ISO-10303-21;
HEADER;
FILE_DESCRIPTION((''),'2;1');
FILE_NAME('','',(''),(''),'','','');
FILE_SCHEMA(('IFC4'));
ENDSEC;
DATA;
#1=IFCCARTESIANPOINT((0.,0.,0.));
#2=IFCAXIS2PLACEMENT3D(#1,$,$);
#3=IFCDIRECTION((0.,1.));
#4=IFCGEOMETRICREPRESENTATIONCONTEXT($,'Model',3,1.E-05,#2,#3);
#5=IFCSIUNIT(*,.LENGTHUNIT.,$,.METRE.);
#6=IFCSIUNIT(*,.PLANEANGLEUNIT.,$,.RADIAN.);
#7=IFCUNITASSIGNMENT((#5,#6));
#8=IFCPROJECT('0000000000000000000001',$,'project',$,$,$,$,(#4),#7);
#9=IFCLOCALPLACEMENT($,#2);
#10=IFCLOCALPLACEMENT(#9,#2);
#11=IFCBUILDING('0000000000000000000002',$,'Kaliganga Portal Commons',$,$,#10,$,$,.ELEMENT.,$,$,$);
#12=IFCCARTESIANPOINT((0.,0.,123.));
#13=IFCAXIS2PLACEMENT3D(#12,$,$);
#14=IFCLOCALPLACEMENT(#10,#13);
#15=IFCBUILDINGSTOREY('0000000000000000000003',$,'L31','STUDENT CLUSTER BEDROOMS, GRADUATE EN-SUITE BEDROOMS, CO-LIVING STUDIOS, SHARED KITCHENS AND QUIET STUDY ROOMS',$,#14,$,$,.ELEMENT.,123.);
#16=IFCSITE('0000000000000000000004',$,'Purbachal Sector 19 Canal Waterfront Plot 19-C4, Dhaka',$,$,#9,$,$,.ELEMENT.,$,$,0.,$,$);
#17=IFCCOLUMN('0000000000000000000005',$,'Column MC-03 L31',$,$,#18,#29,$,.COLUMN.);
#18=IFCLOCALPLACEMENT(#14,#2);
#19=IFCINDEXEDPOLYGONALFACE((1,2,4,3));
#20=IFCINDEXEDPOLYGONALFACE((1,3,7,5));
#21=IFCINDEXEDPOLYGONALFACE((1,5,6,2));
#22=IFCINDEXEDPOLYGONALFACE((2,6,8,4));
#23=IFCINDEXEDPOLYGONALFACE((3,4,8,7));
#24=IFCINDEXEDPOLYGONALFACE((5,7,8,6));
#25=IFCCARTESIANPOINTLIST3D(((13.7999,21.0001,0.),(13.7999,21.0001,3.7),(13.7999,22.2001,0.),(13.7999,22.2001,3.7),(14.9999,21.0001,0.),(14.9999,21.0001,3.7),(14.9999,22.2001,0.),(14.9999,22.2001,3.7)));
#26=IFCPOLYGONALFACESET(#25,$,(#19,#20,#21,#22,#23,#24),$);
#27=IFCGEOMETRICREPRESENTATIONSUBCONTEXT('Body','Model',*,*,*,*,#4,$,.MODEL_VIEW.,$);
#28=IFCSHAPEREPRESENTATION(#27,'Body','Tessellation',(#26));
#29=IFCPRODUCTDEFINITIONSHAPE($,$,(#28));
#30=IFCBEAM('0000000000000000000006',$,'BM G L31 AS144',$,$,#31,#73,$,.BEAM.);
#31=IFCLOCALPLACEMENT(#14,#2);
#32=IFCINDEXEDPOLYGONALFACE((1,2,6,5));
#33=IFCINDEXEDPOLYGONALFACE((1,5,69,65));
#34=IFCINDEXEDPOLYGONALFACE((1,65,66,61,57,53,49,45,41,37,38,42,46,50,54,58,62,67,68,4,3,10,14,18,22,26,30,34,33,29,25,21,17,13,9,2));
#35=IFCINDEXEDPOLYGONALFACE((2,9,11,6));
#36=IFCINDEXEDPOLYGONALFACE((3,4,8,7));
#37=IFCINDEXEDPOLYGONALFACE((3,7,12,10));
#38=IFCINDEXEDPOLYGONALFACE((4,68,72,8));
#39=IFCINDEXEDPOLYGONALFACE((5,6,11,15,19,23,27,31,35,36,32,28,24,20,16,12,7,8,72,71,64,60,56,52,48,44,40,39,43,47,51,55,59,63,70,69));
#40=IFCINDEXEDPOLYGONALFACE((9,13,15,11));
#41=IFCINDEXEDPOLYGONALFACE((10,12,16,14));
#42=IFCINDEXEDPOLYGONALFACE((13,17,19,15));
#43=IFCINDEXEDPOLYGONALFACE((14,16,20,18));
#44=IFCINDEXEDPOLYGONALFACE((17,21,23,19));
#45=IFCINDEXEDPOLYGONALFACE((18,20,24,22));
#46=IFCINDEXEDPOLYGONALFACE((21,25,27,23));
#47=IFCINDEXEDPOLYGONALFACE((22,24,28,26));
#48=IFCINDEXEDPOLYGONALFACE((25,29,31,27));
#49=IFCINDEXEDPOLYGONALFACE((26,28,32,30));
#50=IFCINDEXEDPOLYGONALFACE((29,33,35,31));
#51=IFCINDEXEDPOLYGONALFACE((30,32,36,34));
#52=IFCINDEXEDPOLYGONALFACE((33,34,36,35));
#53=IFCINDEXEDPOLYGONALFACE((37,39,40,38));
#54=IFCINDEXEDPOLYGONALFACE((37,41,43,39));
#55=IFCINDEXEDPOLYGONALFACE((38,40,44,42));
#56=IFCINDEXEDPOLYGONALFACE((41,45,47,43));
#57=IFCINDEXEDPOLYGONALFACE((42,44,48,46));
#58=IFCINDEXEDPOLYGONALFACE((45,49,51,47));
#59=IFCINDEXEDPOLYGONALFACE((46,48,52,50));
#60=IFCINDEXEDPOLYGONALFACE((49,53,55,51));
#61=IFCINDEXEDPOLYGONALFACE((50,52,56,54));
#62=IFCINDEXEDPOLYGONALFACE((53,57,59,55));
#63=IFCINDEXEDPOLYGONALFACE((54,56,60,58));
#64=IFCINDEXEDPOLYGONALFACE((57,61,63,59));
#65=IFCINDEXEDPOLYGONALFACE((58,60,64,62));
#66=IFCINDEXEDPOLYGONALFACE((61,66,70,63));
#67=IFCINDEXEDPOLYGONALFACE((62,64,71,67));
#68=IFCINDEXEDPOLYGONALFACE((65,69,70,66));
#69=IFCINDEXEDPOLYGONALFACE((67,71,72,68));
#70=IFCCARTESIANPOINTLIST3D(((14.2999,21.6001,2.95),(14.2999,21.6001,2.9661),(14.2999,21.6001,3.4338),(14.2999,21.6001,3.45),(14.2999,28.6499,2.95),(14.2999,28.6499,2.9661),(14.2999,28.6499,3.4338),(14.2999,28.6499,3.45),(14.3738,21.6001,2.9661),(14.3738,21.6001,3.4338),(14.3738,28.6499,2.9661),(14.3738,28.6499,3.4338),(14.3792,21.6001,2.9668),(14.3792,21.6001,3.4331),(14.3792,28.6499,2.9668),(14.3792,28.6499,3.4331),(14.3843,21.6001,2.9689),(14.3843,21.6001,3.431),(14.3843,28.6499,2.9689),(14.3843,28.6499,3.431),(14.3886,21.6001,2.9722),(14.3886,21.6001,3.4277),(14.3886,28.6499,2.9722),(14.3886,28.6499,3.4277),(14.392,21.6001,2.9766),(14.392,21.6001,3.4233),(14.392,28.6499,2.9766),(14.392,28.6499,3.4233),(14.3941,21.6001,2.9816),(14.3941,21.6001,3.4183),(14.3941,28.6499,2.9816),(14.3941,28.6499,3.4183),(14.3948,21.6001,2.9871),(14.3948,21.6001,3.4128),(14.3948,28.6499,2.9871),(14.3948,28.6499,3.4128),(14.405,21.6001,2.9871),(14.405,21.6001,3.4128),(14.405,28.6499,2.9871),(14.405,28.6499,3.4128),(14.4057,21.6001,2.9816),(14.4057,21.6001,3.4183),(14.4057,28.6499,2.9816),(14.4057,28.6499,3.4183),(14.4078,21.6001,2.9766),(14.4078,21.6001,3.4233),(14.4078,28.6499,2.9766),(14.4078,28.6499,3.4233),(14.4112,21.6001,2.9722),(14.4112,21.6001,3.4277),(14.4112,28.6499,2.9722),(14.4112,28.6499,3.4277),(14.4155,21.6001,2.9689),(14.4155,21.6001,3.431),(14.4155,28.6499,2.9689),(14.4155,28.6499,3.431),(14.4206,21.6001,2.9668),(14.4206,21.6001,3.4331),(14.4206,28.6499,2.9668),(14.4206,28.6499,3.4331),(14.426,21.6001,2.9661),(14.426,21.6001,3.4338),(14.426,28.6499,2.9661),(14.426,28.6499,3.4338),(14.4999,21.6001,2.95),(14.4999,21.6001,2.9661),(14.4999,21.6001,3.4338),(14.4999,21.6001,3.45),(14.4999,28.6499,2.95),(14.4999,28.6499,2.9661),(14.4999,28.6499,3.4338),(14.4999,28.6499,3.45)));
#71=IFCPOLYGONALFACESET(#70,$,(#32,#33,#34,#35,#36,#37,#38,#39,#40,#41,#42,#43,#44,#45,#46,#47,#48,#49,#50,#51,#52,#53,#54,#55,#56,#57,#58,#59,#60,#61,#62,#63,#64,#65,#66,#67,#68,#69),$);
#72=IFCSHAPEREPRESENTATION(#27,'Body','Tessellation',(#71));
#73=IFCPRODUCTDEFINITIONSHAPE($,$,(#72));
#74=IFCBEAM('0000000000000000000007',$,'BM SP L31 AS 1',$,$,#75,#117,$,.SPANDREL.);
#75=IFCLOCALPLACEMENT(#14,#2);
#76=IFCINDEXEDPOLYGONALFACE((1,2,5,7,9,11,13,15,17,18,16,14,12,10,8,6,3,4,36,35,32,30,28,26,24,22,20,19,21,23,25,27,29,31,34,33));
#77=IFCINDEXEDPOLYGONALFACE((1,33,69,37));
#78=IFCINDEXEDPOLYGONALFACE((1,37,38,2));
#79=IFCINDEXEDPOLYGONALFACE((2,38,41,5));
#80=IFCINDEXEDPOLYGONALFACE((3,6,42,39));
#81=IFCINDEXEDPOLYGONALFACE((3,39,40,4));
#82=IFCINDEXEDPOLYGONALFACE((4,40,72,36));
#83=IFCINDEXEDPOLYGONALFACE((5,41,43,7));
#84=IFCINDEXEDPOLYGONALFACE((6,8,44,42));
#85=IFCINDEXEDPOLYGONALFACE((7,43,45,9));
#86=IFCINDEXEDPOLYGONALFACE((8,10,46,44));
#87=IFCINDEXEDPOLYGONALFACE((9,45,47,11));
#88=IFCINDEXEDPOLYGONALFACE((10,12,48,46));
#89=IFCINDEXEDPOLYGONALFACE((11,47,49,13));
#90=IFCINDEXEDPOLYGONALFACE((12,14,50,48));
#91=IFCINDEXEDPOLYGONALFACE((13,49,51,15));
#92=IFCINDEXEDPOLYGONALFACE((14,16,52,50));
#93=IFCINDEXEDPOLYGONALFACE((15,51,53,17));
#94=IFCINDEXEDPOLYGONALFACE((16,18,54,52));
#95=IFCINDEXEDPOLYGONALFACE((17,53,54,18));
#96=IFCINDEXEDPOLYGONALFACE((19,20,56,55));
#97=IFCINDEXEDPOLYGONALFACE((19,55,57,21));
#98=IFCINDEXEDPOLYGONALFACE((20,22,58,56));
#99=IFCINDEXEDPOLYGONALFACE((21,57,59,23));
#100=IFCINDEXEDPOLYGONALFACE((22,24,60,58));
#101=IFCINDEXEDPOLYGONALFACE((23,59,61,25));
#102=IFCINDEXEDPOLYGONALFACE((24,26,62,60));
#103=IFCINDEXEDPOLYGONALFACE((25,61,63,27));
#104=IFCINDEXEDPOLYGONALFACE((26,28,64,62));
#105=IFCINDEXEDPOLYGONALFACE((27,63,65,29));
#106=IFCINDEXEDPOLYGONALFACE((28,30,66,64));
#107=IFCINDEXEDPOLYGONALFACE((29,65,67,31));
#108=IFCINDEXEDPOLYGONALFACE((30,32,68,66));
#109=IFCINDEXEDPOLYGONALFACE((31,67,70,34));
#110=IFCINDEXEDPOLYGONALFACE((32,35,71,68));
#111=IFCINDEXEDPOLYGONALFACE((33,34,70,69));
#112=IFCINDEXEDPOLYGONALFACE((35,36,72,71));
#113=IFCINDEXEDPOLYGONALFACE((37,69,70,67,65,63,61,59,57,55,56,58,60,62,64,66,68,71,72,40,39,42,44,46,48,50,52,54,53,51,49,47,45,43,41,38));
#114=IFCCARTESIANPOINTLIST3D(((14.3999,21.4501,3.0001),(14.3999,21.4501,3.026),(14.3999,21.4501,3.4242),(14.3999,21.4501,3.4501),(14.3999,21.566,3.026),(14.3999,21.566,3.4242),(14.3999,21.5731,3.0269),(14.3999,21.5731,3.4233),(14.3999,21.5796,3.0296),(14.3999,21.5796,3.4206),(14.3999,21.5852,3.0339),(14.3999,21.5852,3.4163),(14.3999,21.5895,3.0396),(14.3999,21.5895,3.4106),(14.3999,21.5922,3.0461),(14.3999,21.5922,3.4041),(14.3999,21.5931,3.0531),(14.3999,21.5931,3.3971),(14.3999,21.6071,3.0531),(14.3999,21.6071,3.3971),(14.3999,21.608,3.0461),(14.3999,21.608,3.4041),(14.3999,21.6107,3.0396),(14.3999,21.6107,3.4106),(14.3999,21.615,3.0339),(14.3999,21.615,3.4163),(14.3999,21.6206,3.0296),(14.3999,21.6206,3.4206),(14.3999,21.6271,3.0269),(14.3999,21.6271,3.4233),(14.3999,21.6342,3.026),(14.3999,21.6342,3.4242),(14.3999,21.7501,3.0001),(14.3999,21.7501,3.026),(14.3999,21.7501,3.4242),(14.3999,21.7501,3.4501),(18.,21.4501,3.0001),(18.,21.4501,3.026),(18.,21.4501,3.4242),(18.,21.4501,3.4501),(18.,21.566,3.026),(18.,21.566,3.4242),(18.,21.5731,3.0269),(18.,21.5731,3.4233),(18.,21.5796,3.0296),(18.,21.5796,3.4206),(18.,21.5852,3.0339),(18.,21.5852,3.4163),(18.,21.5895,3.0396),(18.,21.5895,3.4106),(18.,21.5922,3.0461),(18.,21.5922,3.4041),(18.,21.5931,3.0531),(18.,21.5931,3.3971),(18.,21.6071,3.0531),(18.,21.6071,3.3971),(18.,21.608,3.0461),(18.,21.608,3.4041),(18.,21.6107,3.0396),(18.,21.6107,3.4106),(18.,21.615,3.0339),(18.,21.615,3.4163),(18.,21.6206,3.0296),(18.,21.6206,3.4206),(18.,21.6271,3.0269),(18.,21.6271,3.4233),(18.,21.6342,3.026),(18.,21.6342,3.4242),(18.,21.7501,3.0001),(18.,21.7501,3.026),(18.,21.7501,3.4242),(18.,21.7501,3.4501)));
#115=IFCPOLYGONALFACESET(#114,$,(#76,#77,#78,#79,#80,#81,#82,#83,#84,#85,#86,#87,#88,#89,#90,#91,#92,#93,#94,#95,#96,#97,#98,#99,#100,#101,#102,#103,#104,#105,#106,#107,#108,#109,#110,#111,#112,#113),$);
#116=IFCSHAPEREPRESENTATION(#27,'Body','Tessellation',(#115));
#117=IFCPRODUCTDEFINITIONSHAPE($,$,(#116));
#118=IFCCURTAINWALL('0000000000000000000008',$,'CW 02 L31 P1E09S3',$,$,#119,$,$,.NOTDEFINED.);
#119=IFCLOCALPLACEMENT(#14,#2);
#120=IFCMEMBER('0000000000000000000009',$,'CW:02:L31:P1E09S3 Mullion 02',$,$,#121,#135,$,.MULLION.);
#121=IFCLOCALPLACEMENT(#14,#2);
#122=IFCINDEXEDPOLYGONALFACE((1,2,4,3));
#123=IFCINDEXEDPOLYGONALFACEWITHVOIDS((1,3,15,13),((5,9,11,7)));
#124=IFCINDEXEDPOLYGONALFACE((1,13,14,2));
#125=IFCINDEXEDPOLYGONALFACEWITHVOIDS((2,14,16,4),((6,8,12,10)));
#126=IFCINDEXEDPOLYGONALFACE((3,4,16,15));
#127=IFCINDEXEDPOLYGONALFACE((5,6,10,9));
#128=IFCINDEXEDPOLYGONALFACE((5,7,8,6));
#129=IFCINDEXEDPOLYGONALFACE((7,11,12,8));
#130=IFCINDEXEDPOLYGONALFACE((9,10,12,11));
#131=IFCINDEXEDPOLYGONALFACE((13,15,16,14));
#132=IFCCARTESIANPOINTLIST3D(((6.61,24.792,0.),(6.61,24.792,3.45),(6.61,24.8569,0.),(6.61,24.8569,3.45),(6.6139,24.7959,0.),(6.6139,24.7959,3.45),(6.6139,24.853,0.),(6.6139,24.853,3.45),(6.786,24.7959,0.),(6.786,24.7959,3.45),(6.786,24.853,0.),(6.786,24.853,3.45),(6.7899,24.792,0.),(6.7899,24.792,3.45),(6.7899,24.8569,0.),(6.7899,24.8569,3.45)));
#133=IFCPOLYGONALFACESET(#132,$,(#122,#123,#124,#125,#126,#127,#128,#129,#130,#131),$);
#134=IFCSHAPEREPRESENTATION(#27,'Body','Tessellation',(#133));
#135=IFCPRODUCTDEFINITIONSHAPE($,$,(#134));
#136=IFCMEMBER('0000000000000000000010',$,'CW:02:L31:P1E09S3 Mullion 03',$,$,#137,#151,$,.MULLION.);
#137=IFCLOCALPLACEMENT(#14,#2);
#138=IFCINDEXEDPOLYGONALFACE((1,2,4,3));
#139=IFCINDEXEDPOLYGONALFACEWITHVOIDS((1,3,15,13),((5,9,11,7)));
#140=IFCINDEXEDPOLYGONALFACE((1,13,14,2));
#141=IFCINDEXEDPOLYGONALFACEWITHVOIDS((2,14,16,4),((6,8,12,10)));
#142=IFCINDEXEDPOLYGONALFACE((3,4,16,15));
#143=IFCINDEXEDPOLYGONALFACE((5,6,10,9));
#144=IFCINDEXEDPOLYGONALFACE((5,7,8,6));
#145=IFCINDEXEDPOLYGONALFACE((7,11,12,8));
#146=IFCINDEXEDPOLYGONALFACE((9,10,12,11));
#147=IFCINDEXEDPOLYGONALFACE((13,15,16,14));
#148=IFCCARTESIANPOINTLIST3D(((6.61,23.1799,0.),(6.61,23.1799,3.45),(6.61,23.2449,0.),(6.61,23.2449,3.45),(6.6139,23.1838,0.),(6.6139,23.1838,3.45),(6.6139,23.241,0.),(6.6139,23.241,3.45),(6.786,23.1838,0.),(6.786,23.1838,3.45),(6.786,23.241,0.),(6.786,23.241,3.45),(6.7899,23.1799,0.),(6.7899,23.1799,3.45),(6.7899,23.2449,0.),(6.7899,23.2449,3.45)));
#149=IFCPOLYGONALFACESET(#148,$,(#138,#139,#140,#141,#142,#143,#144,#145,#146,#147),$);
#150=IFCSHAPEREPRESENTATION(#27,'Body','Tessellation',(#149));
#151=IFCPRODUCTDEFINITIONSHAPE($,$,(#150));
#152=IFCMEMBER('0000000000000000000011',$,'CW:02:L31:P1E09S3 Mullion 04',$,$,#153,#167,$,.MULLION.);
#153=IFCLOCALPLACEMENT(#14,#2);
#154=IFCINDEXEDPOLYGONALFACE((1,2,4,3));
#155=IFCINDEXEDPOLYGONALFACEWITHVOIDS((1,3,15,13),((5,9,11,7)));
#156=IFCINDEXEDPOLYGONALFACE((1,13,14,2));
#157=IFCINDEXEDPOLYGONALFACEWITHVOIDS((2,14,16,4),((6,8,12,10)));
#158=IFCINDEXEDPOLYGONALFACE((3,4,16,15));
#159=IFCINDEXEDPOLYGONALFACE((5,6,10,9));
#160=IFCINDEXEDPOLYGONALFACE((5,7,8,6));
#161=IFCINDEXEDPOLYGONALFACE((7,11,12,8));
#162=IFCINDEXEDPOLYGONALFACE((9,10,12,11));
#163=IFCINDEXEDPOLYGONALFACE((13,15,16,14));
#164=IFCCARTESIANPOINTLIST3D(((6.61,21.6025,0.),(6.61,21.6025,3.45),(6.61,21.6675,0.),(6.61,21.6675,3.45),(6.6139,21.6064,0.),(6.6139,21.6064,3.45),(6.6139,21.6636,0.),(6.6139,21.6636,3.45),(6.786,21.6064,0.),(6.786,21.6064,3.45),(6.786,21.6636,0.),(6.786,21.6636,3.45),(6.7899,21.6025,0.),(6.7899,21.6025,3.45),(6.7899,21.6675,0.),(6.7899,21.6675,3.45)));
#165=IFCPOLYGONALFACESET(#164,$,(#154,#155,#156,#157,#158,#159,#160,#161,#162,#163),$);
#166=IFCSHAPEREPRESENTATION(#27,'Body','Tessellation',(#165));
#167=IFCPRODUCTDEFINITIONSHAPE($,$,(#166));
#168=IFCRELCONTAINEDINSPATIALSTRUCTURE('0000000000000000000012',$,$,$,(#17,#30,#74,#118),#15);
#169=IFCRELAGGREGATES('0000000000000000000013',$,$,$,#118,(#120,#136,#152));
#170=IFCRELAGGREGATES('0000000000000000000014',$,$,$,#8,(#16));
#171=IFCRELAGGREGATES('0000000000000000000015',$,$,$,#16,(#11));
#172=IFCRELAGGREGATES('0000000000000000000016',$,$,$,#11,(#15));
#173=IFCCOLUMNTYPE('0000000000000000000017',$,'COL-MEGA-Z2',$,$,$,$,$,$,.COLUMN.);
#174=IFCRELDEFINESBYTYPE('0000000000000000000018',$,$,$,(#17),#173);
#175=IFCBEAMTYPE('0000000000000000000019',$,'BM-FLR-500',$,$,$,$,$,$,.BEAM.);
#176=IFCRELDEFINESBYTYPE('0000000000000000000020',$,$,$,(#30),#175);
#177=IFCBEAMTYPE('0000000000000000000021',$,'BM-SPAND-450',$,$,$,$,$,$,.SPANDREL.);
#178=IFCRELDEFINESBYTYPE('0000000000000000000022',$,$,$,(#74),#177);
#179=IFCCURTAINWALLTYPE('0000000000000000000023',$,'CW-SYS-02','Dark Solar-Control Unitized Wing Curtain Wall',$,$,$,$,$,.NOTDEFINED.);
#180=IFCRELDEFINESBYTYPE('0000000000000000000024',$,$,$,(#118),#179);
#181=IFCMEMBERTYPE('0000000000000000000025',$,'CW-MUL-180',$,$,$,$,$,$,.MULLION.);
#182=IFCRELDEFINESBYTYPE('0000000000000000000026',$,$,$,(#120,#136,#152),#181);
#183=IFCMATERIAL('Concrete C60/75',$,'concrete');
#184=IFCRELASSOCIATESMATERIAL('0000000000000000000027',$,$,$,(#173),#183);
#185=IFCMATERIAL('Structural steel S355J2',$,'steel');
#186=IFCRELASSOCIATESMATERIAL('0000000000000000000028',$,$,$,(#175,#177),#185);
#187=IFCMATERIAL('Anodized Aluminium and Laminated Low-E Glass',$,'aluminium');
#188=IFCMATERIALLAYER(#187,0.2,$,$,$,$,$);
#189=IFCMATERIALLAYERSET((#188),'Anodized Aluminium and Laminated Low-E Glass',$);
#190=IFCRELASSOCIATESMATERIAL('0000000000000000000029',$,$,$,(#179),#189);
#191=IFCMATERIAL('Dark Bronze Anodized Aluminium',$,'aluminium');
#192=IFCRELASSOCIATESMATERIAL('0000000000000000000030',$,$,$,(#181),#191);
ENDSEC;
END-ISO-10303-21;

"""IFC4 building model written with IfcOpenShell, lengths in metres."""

from ifc_helpers import new_model, si_unit, direction, frame, origin, origin_2d, place, context, subcontext, project, spatial, rectangle, hollow_rectangle, i_section, extrude, source, transform, mapped, material, layer, layer_set, material_profile, profile_set, type_object, element, aggregate, save


model = new_model("IFC4")

# Units and contexts
model_context = context("Model", 3, precision=1e-05, world=origin(), true_north=direction((0.0, 1.0)))
body_context = subcontext(model_context, "Body", "Model", "MODEL_VIEW")
ifc_project = project(units=[si_unit("LENGTHUNIT", "METRE"), si_unit("PLANEANGLEUNIT", "RADIAN")], contexts=[model_context])

# Site, building, storey
site_placement = place(None, origin())
site = spatial("IfcSite", under=ifc_project, at=site_placement, Name="Purbachal Sector 19 Canal Waterfront Plot 19-C4, Dhaka", CompositionType="ELEMENT", RefElevation=0.0)
building_placement = place(site_placement, origin())
building = spatial("IfcBuilding", under=site, at=building_placement, Name="Kaliganga Portal Commons", CompositionType="ELEMENT")
storey_placement = place(building_placement, frame((0.0, 0.0, 123.0)))
storey = spatial("IfcBuildingStorey", under=building, at=storey_placement, Name="L31", Description="STUDENT CLUSTER BEDROOMS, GRADUATE EN-SUITE BEDROOMS, CO-LIVING STUDIOS, SHARED KITCHENS AND QUIET STUDY ROOMS", CompositionType="ELEMENT", Elevation=123.0)

# Column
ifc_material_1 = material(Name="Concrete C60/75", Category="concrete")
ifc_material_profile_1 = material_profile(ifc_material_1, rectangle(XDim=1.2, YDim=1.2, at=origin_2d()), Name="RC 1200x1200")
ifc_profile_set_1 = profile_set([ifc_material_profile_1], Name="Concrete C60/75")
column_type = type_object("IfcColumnType", Name="COL-MEGA-Z2", PredefinedType="COLUMN", material=ifc_profile_set_1)
shared_shape_1 = source(origin(), body_context, "Body", "SweptSolid", [
    extrude(rectangle(XDim=1.2, YDim=1.2, at=origin_2d()), origin(), (0.0, 0.0, 1.0), 3.7),
])
column_placement = place(storey_placement, frame((14.3999, 21.6001, 0.0), z_axis=(0.0, 0.0, 1.0), x_axis=(1.0, 0.0, 0.0)))
element("IfcColumn", 1, at=column_placement, inside=storey, type_object=column_type, Name="Column MC-03 L31", PredefinedType="COLUMN", context=body_context, shape_type="MappedRepresentation", body=[
    mapped(shared_shape_1, transform((0.0, 0.0, 0.0), x_axis=(1.0, 0.0, 0.0), y_axis=(0.0, 1.0, 0.0), z_axis=(0.0, 0.0, 1.0), scale=1.0)),
])

# Beams
ifc_material_2 = material(Name="Structural steel S355J2", Category="steel")
ifc_material_profile_2 = material_profile(ifc_material_2, i_section(OverallWidth=0.2, OverallDepth=0.5, WebThickness=0.0103, FlangeThickness=0.0161, FilletRadius=0.021, at=origin_2d()), Name="IPE 500")
ifc_profile_set_2 = profile_set([ifc_material_profile_2], Name="Structural steel S355J2 wide-flange")
beam_type_1 = type_object("IfcBeamType", Name="BM-FLR-500", PredefinedType="BEAM", material=ifc_profile_set_2)
shared_shape_2 = source(origin(), body_context, "Body", "SweptSolid", [
    extrude(i_section(OverallWidth=0.2, OverallDepth=0.5, WebThickness=0.0103, FlangeThickness=0.0161, FilletRadius=0.021, at=origin_2d()), origin(), (0.0, 0.0, 1.0), 7.0498),
])
beam_1_placement = place(storey_placement, frame((14.3999, 21.6001, 3.2), z_axis=(0.0, 1.0, 0.0), x_axis=(-1.0, 0.0, 0.0)))
element("IfcBeam", 2, at=beam_1_placement, inside=storey, type_object=beam_type_1, Name="BM G L31 AS144", PredefinedType="BEAM", context=body_context, shape_type="MappedRepresentation", body=[
    mapped(shared_shape_2, transform((0.0, 0.0, 0.0), x_axis=(1.0, 0.0, 0.0), y_axis=(0.0, 1.0, 0.0), z_axis=(0.0, 0.0, 1.0), scale=1.0)),
])
ifc_material_profile_3 = material_profile(ifc_material_2, i_section(OverallWidth=0.3, OverallDepth=0.45, WebThickness=0.0139, FlangeThickness=0.0259, FilletRadius=0.0271, at=origin_2d()), Name="HE 450 B")
ifc_profile_set_3 = profile_set([ifc_material_profile_3], Name="Structural steel S355J2 wide-flange")
beam_type_2 = type_object("IfcBeamType", Name="BM-SPAND-450", PredefinedType="SPANDREL", material=ifc_profile_set_3)
shared_shape_3 = source(origin(), body_context, "Body", "SweptSolid", [
    extrude(i_section(OverallWidth=0.3, OverallDepth=0.45, WebThickness=0.0139, FlangeThickness=0.0259, FilletRadius=0.0271, at=origin_2d()), origin(), (0.0, 0.0, 1.0), 3.6001),
])
beam_2_placement = place(storey_placement, frame((14.3999, 21.6001, 3.2251), z_axis=(1.0, 0.0, 0.0), x_axis=(0.0, 1.0, 0.0)))
element("IfcBeam", 3, at=beam_2_placement, inside=storey, type_object=beam_type_2, Name="BM SP L31 AS 1", PredefinedType="SPANDREL", context=body_context, shape_type="MappedRepresentation", body=[
    mapped(shared_shape_3, transform((0.0, 0.0, 0.0), x_axis=(1.0, 0.0, 0.0), y_axis=(0.0, 1.0, 0.0), z_axis=(0.0, 0.0, 1.0), scale=1.0)),
])

# Curtain wall, members
ifc_material_3 = material(Name="Anodized Aluminium and Laminated Low-E Glass", Category="aluminium")
ifc_layer_1 = layer(ifc_material_3, 0.2)
ifc_layer_set_1 = layer_set([ifc_layer_1], Name="Anodized Aluminium and Laminated Low-E Glass")
curtain_wall_type = type_object("IfcCurtainWallType", Name="CW-SYS-02", Description="Dark Solar-Control Unitized Wing Curtain Wall", PredefinedType="NOTDEFINED", material=ifc_layer_set_1)
curtain_wall_placement = place(storey_placement, origin())
curtain_wall = element("IfcCurtainWall", 4, at=curtain_wall_placement, inside=storey, type_object=curtain_wall_type, Name="CW 02 L31 P1E09S3", PredefinedType="NOTDEFINED")
ifc_material_4 = material(Name="Dark Bronze Anodized Aluminium", Category="aluminium")
ifc_material_profile_4 = material_profile(ifc_material_4, hollow_rectangle(XDim=0.0649, YDim=0.1799, WallThickness=0.0039, at=origin_2d()), Name="ALU MULL 65x180x4")
ifc_profile_set_4 = profile_set([ifc_material_profile_4], Name="Dark Bronze Anodized Aluminium")
member_type = type_object("IfcMemberType", Name="CW-MUL-180", PredefinedType="MULLION", material=ifc_profile_set_4)
shared_shape_4 = source(origin(), body_context, "Body", "SweptSolid", [
    extrude(hollow_rectangle(XDim=0.0649, YDim=0.1799, WallThickness=0.0039, at=origin_2d()), origin(), (0.0, 0.0, 1.0), 3.45),
])
member_1_placement = place(storey_placement, frame((6.7, 24.8245, 0.0), z_axis=(0.0, 0.0, 1.0), x_axis=(0.0, -1.0, 0.0)))
member_1 = element("IfcMember", 5, at=member_1_placement, type_object=member_type, Name="CW:02:L31:P1E09S3 Mullion 02", PredefinedType="MULLION", context=body_context, shape_type="MappedRepresentation", body=[
    mapped(shared_shape_4, transform((0.0, 0.0, 0.0), x_axis=(1.0, 0.0, 0.0), y_axis=(0.0, 1.0, 0.0), z_axis=(0.0, 0.0, 1.0), scale=1.0)),
])
member_2_placement = place(storey_placement, frame((6.7, 23.2124, 0.0), z_axis=(0.0, 0.0, 1.0), x_axis=(0.0, -1.0, 0.0)))
member_2 = element("IfcMember", 6, at=member_2_placement, type_object=member_type, Name="CW:02:L31:P1E09S3 Mullion 03", PredefinedType="MULLION", context=body_context, shape_type="MappedRepresentation", body=[
    mapped(shared_shape_4, transform((0.0, 0.0, 0.0), x_axis=(1.0, 0.0, 0.0), y_axis=(0.0, 1.0, 0.0), z_axis=(0.0, 0.0, 1.0), scale=1.0)),
])
member_3_placement = place(storey_placement, frame((6.7, 21.635, 0.0), z_axis=(0.0, 0.0, 1.0), x_axis=(0.0, -1.0, 0.0)))
member_3 = element("IfcMember", 7, at=member_3_placement, type_object=member_type, Name="CW:02:L31:P1E09S3 Mullion 04", PredefinedType="MULLION", context=body_context, shape_type="MappedRepresentation", body=[
    mapped(shared_shape_4, transform((0.0, 0.0, 0.0), x_axis=(1.0, 0.0, 0.0), y_axis=(0.0, 1.0, 0.0), z_axis=(0.0, 0.0, 1.0), scale=1.0)),
])

aggregate(curtain_wall, [member_1, member_2, member_3])

save(model, "model.ifc")
